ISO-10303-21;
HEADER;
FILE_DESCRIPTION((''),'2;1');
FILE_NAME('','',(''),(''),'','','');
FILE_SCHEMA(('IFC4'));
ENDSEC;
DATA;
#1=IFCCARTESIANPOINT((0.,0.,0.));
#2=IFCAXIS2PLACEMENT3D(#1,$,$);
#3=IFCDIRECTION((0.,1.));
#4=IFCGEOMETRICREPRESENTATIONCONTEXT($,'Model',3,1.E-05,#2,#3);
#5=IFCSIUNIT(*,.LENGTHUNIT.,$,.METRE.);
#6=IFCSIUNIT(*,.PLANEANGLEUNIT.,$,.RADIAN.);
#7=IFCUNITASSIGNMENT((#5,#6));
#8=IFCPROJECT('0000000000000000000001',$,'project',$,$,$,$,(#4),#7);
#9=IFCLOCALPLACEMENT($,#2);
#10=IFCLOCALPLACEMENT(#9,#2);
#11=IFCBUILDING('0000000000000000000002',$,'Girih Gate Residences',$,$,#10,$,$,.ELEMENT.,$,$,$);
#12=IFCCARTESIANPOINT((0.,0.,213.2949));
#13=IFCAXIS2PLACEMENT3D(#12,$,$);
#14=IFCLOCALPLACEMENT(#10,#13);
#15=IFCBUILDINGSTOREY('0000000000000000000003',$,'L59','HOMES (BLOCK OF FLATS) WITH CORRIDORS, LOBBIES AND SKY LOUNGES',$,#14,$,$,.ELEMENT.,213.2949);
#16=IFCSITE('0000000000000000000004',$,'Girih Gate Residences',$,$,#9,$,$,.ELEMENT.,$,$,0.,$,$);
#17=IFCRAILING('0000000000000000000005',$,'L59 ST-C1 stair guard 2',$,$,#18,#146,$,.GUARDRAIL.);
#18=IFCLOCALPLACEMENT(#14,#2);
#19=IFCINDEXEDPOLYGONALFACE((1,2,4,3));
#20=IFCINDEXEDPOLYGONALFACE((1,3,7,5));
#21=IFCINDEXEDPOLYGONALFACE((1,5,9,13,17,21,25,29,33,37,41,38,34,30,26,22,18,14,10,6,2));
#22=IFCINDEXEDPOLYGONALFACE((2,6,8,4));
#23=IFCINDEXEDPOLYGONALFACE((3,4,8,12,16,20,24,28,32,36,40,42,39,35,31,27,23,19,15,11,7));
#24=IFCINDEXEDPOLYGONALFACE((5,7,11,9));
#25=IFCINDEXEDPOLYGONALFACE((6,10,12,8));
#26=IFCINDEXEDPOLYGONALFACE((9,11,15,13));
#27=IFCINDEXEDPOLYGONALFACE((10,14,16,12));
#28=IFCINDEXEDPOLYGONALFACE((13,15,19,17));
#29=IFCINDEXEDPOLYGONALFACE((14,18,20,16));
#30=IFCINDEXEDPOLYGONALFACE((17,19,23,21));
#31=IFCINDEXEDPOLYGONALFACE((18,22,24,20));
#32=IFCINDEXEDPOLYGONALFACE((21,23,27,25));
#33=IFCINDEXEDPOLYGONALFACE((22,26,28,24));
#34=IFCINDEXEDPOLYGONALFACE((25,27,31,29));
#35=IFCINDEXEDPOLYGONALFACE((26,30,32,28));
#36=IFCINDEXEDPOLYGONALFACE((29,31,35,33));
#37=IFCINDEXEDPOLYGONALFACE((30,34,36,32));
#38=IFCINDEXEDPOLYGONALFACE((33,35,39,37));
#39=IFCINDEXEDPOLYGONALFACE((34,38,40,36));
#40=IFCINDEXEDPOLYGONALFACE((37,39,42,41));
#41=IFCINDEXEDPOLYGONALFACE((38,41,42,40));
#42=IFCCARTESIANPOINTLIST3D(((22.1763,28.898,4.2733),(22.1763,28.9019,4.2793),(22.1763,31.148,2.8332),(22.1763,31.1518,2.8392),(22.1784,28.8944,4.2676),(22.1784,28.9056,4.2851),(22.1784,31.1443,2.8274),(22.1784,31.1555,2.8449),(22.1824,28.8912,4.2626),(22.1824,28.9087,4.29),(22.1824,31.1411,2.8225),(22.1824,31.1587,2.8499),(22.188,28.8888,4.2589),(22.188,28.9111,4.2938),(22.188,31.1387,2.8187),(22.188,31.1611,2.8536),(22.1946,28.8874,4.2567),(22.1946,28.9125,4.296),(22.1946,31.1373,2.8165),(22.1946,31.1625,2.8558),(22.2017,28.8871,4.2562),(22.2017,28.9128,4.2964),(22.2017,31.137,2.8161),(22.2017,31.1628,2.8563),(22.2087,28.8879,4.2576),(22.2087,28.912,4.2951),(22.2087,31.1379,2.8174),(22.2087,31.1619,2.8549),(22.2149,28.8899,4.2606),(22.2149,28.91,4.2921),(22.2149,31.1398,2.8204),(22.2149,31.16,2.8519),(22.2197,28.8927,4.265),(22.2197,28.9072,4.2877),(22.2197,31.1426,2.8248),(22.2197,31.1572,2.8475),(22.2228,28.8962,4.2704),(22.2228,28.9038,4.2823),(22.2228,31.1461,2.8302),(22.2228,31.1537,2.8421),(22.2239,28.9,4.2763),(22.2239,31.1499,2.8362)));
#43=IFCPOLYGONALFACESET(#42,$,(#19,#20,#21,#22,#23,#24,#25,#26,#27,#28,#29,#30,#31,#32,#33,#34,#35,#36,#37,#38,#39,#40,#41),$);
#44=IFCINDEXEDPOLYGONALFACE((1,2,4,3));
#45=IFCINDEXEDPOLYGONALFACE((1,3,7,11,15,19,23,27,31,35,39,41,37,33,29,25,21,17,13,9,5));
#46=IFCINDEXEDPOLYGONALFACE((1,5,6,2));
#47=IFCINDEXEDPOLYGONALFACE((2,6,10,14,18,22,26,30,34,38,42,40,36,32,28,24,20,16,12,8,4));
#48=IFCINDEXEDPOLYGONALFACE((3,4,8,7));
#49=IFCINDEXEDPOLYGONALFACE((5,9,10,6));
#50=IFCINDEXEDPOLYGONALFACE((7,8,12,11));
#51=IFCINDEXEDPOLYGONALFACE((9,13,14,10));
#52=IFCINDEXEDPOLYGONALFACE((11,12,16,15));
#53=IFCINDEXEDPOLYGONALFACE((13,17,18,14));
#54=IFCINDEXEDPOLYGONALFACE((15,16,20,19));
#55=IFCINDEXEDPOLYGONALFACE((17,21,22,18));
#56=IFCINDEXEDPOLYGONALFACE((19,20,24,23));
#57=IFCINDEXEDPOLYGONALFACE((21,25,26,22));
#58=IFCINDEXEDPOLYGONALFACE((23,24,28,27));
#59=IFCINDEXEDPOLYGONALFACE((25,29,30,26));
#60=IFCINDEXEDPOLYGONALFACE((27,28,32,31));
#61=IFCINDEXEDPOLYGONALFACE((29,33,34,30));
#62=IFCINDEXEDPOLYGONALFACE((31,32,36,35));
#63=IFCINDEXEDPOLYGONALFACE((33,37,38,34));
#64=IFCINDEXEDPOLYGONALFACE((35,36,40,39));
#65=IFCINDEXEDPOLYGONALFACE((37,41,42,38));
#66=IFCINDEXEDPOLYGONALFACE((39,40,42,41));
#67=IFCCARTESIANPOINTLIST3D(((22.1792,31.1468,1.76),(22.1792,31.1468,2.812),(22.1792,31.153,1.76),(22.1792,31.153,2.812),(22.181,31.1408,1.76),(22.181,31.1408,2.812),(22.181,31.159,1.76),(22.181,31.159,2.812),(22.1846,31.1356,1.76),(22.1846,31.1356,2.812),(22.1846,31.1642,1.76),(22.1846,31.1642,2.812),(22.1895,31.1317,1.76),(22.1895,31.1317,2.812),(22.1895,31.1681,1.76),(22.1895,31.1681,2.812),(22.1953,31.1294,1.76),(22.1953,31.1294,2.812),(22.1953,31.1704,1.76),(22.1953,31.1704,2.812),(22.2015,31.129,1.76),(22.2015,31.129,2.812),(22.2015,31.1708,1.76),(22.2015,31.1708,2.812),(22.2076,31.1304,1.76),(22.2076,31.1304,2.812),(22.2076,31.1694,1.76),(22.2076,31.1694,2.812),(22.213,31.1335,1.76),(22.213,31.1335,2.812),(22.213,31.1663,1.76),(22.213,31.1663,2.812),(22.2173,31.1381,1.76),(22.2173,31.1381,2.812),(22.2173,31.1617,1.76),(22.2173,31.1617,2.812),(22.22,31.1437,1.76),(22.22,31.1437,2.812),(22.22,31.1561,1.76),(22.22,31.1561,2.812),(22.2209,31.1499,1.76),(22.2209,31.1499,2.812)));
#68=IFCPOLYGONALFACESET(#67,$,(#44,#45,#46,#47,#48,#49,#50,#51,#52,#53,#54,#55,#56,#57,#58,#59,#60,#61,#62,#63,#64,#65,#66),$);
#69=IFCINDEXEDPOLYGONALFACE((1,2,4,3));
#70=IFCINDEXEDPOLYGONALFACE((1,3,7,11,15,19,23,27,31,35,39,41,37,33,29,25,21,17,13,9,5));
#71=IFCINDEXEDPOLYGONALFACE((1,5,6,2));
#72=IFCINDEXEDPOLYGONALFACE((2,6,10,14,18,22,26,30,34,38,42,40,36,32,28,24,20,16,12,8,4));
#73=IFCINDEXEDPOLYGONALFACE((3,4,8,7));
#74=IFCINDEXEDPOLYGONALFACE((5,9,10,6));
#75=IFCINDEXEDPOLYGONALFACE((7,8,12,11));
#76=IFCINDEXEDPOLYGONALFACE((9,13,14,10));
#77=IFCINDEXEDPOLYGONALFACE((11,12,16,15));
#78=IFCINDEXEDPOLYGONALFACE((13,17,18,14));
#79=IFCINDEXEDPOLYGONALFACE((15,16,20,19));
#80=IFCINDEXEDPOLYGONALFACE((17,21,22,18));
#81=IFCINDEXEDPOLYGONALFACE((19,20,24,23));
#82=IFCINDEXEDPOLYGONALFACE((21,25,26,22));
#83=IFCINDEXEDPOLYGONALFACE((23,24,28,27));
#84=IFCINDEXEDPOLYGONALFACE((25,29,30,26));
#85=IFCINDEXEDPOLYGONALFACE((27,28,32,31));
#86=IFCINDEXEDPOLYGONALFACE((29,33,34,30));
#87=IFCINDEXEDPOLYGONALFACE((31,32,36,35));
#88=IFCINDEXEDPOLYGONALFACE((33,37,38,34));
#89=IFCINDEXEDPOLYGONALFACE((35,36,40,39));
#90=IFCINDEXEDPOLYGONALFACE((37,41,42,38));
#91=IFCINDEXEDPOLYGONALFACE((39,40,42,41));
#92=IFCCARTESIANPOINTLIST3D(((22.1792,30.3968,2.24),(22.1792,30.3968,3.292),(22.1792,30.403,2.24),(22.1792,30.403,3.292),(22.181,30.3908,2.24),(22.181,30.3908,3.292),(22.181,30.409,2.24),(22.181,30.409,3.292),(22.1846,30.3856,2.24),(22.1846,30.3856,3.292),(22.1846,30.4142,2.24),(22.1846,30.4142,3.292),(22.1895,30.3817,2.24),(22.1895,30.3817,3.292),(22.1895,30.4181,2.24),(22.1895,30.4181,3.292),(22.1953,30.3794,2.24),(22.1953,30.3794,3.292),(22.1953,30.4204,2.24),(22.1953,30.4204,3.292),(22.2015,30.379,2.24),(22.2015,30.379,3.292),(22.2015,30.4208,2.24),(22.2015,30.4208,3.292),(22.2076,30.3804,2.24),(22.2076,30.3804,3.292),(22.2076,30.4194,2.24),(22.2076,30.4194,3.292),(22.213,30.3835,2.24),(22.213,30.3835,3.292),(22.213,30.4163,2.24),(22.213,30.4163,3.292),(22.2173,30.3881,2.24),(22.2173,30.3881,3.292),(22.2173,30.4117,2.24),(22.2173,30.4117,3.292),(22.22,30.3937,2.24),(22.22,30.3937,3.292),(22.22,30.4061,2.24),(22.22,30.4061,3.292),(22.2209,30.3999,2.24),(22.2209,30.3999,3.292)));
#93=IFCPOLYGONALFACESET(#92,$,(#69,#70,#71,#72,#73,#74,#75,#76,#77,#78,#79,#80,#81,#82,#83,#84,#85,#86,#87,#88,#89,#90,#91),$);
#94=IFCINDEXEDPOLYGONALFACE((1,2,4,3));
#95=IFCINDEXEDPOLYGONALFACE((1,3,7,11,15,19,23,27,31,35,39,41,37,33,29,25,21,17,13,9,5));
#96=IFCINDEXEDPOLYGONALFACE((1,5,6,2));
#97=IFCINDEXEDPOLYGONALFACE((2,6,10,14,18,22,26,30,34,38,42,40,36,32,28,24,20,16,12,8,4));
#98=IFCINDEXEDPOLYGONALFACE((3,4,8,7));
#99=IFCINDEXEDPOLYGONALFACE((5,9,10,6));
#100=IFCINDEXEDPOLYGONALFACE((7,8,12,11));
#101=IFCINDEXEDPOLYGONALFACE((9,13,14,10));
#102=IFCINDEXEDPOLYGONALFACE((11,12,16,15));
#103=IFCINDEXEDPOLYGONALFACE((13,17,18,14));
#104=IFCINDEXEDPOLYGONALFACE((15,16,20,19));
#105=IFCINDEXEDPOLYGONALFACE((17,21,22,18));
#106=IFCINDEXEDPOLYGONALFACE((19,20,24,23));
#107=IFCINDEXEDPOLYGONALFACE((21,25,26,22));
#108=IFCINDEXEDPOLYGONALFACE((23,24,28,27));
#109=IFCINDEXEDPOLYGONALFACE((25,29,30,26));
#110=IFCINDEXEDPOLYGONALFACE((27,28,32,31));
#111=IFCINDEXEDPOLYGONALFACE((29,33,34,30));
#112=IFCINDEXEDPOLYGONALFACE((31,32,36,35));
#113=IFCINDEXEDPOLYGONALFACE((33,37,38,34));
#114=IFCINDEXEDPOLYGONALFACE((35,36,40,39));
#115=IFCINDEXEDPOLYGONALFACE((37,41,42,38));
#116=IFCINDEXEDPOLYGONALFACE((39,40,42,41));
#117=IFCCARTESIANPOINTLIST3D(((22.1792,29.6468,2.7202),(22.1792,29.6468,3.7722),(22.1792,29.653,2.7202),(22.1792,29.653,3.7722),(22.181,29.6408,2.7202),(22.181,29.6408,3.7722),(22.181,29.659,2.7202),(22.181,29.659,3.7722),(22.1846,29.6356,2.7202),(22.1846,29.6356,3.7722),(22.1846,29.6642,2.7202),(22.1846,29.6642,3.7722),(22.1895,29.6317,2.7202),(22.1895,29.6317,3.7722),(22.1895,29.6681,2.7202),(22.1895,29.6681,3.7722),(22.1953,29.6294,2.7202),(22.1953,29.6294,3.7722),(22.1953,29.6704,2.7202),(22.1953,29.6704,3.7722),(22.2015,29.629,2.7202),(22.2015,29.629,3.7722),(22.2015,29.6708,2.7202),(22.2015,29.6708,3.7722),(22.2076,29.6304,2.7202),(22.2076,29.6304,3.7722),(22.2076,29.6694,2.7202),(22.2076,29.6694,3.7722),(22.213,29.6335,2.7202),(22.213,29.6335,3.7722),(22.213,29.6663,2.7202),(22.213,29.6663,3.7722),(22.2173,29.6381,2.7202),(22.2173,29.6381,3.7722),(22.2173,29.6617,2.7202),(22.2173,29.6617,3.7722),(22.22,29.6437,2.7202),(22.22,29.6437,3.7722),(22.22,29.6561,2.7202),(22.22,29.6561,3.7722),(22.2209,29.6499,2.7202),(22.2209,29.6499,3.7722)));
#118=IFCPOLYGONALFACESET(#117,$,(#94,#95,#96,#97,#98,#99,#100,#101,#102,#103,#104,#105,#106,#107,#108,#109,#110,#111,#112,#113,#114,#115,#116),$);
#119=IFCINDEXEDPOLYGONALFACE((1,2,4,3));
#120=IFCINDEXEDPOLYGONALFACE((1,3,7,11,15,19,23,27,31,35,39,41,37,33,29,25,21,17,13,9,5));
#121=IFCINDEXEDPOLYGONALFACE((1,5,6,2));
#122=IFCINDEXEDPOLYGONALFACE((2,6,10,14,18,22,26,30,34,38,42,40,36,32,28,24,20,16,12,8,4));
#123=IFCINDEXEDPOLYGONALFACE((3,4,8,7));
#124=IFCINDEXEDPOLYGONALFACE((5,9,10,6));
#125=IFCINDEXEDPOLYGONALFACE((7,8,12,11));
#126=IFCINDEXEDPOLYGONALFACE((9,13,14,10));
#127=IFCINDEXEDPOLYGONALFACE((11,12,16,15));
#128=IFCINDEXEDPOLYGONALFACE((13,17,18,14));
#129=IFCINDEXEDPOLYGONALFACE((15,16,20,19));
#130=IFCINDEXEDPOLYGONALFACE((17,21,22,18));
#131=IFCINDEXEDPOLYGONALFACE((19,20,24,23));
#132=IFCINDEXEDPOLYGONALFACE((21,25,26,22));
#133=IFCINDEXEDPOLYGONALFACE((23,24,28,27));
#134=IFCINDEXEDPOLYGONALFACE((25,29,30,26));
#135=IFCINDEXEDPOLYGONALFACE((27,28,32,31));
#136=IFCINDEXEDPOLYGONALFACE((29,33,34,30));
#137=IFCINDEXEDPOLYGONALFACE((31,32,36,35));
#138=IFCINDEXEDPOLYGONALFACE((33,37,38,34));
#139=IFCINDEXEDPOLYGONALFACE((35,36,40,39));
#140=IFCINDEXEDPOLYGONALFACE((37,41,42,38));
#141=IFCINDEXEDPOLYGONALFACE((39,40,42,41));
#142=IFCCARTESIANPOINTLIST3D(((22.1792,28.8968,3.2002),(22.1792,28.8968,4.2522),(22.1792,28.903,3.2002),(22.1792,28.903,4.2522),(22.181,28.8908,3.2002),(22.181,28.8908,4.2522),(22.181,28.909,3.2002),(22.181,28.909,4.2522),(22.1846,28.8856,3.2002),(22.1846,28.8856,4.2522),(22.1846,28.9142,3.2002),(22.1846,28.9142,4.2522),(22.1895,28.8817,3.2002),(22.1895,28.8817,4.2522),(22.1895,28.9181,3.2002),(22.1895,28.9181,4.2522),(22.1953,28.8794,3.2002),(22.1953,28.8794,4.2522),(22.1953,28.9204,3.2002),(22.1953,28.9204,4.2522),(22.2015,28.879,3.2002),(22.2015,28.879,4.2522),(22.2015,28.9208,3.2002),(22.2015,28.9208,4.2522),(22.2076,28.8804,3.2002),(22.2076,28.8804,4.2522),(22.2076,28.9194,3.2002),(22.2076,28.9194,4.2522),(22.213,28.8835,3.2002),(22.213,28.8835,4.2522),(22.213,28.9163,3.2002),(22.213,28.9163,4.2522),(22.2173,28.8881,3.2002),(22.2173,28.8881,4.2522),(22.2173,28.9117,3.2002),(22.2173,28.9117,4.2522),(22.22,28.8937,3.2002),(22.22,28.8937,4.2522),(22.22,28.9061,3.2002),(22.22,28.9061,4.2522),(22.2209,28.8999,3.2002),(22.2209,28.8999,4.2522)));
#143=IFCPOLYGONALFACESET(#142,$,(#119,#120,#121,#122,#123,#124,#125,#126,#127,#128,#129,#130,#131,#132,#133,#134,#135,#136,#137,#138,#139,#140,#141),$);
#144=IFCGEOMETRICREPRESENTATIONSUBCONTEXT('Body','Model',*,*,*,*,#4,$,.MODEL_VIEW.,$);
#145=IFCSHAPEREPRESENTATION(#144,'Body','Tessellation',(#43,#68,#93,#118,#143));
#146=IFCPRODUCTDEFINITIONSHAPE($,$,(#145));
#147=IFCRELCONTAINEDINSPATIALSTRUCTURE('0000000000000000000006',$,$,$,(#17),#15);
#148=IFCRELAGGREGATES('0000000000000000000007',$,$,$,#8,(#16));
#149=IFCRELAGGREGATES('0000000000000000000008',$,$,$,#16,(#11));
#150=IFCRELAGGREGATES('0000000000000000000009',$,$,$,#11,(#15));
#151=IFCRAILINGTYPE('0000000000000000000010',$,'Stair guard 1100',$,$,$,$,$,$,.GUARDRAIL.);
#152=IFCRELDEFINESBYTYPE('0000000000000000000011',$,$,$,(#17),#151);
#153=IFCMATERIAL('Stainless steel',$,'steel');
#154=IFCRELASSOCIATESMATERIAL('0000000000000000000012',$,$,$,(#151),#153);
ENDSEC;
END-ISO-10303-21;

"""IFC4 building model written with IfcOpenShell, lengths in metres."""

from ifc_helpers import new_model, si_unit, direction, frame, origin, origin_2d, place, context, subcontext, project, spatial, circle, extrude, material, type_object, element, save


model = new_model("IFC4")

# Units and contexts
model_context = context("Model", 3, precision=1e-05, world=origin(), true_north=direction((0.0, 1.0)))
body_context = subcontext(model_context, "Body", "Model", "MODEL_VIEW")
ifc_project = project(units=[si_unit("LENGTHUNIT", "METRE"), si_unit("PLANEANGLEUNIT", "RADIAN")], contexts=[model_context])

# Site, building, storey
site_placement = place(None, origin())
site = spatial("IfcSite", under=ifc_project, at=site_placement, Name="Girih Gate Residences", CompositionType="ELEMENT", RefElevation=0.0)
building_placement = place(site_placement, origin())
building = spatial("IfcBuilding", under=site, at=building_placement, Name="Girih Gate Residences", CompositionType="ELEMENT")
storey_placement = place(building_placement, frame((0.0, 0.0, 213.2949)))
storey = spatial("IfcBuildingStorey", under=building, at=storey_placement, Name="L59", Description="HOMES (BLOCK OF FLATS) WITH CORRIDORS, LOBBIES AND SKY LOUNGES", CompositionType="ELEMENT", Elevation=213.2949)

# Railing
ifc_material_1 = material(Name="Stainless steel", Category="steel")
railing_type_1 = type_object("IfcRailingType", Name="Stair guard 1100", PredefinedType="GUARDRAIL", material=ifc_material_1)
railing_1_placement = place(storey_placement, frame((22.2, 31.1499, 1.76)))
element("IfcRailing", 1, at=railing_1_placement, inside=storey, type_object=railing_type_1, Name="L59 ST-C1 stair guard 2", PredefinedType="GUARDRAIL", context=body_context, shape_type="SweptSolid", body=[
    extrude(circle(Radius=0.0239, at=origin_2d()), frame((0.0, 0.0, 1.0762), z_axis=(0.0, -0.84224, 0.539103), x_axis=(1.0, 0.0, 0.0)), (0.0, 0.0, 1.0), 2.6714),
    extrude(circle(Radius=0.021, at=origin_2d()), origin(), (0.0, 0.0, 1.0), 1.052),
    extrude(circle(Radius=0.021, at=origin_2d()), frame((0.0, -0.75, 0.48)), (0.0, 0.0, 1.0), 1.052),
    extrude(circle(Radius=0.021, at=origin_2d()), frame((0.0, -1.5, 0.9602)), (0.0, 0.0, 1.0), 1.052),
    extrude(circle(Radius=0.021, at=origin_2d()), frame((0.0, -2.25, 1.4402)), (0.0, 0.0, 1.0), 1.052),
])

save(model, "model.ifc")
